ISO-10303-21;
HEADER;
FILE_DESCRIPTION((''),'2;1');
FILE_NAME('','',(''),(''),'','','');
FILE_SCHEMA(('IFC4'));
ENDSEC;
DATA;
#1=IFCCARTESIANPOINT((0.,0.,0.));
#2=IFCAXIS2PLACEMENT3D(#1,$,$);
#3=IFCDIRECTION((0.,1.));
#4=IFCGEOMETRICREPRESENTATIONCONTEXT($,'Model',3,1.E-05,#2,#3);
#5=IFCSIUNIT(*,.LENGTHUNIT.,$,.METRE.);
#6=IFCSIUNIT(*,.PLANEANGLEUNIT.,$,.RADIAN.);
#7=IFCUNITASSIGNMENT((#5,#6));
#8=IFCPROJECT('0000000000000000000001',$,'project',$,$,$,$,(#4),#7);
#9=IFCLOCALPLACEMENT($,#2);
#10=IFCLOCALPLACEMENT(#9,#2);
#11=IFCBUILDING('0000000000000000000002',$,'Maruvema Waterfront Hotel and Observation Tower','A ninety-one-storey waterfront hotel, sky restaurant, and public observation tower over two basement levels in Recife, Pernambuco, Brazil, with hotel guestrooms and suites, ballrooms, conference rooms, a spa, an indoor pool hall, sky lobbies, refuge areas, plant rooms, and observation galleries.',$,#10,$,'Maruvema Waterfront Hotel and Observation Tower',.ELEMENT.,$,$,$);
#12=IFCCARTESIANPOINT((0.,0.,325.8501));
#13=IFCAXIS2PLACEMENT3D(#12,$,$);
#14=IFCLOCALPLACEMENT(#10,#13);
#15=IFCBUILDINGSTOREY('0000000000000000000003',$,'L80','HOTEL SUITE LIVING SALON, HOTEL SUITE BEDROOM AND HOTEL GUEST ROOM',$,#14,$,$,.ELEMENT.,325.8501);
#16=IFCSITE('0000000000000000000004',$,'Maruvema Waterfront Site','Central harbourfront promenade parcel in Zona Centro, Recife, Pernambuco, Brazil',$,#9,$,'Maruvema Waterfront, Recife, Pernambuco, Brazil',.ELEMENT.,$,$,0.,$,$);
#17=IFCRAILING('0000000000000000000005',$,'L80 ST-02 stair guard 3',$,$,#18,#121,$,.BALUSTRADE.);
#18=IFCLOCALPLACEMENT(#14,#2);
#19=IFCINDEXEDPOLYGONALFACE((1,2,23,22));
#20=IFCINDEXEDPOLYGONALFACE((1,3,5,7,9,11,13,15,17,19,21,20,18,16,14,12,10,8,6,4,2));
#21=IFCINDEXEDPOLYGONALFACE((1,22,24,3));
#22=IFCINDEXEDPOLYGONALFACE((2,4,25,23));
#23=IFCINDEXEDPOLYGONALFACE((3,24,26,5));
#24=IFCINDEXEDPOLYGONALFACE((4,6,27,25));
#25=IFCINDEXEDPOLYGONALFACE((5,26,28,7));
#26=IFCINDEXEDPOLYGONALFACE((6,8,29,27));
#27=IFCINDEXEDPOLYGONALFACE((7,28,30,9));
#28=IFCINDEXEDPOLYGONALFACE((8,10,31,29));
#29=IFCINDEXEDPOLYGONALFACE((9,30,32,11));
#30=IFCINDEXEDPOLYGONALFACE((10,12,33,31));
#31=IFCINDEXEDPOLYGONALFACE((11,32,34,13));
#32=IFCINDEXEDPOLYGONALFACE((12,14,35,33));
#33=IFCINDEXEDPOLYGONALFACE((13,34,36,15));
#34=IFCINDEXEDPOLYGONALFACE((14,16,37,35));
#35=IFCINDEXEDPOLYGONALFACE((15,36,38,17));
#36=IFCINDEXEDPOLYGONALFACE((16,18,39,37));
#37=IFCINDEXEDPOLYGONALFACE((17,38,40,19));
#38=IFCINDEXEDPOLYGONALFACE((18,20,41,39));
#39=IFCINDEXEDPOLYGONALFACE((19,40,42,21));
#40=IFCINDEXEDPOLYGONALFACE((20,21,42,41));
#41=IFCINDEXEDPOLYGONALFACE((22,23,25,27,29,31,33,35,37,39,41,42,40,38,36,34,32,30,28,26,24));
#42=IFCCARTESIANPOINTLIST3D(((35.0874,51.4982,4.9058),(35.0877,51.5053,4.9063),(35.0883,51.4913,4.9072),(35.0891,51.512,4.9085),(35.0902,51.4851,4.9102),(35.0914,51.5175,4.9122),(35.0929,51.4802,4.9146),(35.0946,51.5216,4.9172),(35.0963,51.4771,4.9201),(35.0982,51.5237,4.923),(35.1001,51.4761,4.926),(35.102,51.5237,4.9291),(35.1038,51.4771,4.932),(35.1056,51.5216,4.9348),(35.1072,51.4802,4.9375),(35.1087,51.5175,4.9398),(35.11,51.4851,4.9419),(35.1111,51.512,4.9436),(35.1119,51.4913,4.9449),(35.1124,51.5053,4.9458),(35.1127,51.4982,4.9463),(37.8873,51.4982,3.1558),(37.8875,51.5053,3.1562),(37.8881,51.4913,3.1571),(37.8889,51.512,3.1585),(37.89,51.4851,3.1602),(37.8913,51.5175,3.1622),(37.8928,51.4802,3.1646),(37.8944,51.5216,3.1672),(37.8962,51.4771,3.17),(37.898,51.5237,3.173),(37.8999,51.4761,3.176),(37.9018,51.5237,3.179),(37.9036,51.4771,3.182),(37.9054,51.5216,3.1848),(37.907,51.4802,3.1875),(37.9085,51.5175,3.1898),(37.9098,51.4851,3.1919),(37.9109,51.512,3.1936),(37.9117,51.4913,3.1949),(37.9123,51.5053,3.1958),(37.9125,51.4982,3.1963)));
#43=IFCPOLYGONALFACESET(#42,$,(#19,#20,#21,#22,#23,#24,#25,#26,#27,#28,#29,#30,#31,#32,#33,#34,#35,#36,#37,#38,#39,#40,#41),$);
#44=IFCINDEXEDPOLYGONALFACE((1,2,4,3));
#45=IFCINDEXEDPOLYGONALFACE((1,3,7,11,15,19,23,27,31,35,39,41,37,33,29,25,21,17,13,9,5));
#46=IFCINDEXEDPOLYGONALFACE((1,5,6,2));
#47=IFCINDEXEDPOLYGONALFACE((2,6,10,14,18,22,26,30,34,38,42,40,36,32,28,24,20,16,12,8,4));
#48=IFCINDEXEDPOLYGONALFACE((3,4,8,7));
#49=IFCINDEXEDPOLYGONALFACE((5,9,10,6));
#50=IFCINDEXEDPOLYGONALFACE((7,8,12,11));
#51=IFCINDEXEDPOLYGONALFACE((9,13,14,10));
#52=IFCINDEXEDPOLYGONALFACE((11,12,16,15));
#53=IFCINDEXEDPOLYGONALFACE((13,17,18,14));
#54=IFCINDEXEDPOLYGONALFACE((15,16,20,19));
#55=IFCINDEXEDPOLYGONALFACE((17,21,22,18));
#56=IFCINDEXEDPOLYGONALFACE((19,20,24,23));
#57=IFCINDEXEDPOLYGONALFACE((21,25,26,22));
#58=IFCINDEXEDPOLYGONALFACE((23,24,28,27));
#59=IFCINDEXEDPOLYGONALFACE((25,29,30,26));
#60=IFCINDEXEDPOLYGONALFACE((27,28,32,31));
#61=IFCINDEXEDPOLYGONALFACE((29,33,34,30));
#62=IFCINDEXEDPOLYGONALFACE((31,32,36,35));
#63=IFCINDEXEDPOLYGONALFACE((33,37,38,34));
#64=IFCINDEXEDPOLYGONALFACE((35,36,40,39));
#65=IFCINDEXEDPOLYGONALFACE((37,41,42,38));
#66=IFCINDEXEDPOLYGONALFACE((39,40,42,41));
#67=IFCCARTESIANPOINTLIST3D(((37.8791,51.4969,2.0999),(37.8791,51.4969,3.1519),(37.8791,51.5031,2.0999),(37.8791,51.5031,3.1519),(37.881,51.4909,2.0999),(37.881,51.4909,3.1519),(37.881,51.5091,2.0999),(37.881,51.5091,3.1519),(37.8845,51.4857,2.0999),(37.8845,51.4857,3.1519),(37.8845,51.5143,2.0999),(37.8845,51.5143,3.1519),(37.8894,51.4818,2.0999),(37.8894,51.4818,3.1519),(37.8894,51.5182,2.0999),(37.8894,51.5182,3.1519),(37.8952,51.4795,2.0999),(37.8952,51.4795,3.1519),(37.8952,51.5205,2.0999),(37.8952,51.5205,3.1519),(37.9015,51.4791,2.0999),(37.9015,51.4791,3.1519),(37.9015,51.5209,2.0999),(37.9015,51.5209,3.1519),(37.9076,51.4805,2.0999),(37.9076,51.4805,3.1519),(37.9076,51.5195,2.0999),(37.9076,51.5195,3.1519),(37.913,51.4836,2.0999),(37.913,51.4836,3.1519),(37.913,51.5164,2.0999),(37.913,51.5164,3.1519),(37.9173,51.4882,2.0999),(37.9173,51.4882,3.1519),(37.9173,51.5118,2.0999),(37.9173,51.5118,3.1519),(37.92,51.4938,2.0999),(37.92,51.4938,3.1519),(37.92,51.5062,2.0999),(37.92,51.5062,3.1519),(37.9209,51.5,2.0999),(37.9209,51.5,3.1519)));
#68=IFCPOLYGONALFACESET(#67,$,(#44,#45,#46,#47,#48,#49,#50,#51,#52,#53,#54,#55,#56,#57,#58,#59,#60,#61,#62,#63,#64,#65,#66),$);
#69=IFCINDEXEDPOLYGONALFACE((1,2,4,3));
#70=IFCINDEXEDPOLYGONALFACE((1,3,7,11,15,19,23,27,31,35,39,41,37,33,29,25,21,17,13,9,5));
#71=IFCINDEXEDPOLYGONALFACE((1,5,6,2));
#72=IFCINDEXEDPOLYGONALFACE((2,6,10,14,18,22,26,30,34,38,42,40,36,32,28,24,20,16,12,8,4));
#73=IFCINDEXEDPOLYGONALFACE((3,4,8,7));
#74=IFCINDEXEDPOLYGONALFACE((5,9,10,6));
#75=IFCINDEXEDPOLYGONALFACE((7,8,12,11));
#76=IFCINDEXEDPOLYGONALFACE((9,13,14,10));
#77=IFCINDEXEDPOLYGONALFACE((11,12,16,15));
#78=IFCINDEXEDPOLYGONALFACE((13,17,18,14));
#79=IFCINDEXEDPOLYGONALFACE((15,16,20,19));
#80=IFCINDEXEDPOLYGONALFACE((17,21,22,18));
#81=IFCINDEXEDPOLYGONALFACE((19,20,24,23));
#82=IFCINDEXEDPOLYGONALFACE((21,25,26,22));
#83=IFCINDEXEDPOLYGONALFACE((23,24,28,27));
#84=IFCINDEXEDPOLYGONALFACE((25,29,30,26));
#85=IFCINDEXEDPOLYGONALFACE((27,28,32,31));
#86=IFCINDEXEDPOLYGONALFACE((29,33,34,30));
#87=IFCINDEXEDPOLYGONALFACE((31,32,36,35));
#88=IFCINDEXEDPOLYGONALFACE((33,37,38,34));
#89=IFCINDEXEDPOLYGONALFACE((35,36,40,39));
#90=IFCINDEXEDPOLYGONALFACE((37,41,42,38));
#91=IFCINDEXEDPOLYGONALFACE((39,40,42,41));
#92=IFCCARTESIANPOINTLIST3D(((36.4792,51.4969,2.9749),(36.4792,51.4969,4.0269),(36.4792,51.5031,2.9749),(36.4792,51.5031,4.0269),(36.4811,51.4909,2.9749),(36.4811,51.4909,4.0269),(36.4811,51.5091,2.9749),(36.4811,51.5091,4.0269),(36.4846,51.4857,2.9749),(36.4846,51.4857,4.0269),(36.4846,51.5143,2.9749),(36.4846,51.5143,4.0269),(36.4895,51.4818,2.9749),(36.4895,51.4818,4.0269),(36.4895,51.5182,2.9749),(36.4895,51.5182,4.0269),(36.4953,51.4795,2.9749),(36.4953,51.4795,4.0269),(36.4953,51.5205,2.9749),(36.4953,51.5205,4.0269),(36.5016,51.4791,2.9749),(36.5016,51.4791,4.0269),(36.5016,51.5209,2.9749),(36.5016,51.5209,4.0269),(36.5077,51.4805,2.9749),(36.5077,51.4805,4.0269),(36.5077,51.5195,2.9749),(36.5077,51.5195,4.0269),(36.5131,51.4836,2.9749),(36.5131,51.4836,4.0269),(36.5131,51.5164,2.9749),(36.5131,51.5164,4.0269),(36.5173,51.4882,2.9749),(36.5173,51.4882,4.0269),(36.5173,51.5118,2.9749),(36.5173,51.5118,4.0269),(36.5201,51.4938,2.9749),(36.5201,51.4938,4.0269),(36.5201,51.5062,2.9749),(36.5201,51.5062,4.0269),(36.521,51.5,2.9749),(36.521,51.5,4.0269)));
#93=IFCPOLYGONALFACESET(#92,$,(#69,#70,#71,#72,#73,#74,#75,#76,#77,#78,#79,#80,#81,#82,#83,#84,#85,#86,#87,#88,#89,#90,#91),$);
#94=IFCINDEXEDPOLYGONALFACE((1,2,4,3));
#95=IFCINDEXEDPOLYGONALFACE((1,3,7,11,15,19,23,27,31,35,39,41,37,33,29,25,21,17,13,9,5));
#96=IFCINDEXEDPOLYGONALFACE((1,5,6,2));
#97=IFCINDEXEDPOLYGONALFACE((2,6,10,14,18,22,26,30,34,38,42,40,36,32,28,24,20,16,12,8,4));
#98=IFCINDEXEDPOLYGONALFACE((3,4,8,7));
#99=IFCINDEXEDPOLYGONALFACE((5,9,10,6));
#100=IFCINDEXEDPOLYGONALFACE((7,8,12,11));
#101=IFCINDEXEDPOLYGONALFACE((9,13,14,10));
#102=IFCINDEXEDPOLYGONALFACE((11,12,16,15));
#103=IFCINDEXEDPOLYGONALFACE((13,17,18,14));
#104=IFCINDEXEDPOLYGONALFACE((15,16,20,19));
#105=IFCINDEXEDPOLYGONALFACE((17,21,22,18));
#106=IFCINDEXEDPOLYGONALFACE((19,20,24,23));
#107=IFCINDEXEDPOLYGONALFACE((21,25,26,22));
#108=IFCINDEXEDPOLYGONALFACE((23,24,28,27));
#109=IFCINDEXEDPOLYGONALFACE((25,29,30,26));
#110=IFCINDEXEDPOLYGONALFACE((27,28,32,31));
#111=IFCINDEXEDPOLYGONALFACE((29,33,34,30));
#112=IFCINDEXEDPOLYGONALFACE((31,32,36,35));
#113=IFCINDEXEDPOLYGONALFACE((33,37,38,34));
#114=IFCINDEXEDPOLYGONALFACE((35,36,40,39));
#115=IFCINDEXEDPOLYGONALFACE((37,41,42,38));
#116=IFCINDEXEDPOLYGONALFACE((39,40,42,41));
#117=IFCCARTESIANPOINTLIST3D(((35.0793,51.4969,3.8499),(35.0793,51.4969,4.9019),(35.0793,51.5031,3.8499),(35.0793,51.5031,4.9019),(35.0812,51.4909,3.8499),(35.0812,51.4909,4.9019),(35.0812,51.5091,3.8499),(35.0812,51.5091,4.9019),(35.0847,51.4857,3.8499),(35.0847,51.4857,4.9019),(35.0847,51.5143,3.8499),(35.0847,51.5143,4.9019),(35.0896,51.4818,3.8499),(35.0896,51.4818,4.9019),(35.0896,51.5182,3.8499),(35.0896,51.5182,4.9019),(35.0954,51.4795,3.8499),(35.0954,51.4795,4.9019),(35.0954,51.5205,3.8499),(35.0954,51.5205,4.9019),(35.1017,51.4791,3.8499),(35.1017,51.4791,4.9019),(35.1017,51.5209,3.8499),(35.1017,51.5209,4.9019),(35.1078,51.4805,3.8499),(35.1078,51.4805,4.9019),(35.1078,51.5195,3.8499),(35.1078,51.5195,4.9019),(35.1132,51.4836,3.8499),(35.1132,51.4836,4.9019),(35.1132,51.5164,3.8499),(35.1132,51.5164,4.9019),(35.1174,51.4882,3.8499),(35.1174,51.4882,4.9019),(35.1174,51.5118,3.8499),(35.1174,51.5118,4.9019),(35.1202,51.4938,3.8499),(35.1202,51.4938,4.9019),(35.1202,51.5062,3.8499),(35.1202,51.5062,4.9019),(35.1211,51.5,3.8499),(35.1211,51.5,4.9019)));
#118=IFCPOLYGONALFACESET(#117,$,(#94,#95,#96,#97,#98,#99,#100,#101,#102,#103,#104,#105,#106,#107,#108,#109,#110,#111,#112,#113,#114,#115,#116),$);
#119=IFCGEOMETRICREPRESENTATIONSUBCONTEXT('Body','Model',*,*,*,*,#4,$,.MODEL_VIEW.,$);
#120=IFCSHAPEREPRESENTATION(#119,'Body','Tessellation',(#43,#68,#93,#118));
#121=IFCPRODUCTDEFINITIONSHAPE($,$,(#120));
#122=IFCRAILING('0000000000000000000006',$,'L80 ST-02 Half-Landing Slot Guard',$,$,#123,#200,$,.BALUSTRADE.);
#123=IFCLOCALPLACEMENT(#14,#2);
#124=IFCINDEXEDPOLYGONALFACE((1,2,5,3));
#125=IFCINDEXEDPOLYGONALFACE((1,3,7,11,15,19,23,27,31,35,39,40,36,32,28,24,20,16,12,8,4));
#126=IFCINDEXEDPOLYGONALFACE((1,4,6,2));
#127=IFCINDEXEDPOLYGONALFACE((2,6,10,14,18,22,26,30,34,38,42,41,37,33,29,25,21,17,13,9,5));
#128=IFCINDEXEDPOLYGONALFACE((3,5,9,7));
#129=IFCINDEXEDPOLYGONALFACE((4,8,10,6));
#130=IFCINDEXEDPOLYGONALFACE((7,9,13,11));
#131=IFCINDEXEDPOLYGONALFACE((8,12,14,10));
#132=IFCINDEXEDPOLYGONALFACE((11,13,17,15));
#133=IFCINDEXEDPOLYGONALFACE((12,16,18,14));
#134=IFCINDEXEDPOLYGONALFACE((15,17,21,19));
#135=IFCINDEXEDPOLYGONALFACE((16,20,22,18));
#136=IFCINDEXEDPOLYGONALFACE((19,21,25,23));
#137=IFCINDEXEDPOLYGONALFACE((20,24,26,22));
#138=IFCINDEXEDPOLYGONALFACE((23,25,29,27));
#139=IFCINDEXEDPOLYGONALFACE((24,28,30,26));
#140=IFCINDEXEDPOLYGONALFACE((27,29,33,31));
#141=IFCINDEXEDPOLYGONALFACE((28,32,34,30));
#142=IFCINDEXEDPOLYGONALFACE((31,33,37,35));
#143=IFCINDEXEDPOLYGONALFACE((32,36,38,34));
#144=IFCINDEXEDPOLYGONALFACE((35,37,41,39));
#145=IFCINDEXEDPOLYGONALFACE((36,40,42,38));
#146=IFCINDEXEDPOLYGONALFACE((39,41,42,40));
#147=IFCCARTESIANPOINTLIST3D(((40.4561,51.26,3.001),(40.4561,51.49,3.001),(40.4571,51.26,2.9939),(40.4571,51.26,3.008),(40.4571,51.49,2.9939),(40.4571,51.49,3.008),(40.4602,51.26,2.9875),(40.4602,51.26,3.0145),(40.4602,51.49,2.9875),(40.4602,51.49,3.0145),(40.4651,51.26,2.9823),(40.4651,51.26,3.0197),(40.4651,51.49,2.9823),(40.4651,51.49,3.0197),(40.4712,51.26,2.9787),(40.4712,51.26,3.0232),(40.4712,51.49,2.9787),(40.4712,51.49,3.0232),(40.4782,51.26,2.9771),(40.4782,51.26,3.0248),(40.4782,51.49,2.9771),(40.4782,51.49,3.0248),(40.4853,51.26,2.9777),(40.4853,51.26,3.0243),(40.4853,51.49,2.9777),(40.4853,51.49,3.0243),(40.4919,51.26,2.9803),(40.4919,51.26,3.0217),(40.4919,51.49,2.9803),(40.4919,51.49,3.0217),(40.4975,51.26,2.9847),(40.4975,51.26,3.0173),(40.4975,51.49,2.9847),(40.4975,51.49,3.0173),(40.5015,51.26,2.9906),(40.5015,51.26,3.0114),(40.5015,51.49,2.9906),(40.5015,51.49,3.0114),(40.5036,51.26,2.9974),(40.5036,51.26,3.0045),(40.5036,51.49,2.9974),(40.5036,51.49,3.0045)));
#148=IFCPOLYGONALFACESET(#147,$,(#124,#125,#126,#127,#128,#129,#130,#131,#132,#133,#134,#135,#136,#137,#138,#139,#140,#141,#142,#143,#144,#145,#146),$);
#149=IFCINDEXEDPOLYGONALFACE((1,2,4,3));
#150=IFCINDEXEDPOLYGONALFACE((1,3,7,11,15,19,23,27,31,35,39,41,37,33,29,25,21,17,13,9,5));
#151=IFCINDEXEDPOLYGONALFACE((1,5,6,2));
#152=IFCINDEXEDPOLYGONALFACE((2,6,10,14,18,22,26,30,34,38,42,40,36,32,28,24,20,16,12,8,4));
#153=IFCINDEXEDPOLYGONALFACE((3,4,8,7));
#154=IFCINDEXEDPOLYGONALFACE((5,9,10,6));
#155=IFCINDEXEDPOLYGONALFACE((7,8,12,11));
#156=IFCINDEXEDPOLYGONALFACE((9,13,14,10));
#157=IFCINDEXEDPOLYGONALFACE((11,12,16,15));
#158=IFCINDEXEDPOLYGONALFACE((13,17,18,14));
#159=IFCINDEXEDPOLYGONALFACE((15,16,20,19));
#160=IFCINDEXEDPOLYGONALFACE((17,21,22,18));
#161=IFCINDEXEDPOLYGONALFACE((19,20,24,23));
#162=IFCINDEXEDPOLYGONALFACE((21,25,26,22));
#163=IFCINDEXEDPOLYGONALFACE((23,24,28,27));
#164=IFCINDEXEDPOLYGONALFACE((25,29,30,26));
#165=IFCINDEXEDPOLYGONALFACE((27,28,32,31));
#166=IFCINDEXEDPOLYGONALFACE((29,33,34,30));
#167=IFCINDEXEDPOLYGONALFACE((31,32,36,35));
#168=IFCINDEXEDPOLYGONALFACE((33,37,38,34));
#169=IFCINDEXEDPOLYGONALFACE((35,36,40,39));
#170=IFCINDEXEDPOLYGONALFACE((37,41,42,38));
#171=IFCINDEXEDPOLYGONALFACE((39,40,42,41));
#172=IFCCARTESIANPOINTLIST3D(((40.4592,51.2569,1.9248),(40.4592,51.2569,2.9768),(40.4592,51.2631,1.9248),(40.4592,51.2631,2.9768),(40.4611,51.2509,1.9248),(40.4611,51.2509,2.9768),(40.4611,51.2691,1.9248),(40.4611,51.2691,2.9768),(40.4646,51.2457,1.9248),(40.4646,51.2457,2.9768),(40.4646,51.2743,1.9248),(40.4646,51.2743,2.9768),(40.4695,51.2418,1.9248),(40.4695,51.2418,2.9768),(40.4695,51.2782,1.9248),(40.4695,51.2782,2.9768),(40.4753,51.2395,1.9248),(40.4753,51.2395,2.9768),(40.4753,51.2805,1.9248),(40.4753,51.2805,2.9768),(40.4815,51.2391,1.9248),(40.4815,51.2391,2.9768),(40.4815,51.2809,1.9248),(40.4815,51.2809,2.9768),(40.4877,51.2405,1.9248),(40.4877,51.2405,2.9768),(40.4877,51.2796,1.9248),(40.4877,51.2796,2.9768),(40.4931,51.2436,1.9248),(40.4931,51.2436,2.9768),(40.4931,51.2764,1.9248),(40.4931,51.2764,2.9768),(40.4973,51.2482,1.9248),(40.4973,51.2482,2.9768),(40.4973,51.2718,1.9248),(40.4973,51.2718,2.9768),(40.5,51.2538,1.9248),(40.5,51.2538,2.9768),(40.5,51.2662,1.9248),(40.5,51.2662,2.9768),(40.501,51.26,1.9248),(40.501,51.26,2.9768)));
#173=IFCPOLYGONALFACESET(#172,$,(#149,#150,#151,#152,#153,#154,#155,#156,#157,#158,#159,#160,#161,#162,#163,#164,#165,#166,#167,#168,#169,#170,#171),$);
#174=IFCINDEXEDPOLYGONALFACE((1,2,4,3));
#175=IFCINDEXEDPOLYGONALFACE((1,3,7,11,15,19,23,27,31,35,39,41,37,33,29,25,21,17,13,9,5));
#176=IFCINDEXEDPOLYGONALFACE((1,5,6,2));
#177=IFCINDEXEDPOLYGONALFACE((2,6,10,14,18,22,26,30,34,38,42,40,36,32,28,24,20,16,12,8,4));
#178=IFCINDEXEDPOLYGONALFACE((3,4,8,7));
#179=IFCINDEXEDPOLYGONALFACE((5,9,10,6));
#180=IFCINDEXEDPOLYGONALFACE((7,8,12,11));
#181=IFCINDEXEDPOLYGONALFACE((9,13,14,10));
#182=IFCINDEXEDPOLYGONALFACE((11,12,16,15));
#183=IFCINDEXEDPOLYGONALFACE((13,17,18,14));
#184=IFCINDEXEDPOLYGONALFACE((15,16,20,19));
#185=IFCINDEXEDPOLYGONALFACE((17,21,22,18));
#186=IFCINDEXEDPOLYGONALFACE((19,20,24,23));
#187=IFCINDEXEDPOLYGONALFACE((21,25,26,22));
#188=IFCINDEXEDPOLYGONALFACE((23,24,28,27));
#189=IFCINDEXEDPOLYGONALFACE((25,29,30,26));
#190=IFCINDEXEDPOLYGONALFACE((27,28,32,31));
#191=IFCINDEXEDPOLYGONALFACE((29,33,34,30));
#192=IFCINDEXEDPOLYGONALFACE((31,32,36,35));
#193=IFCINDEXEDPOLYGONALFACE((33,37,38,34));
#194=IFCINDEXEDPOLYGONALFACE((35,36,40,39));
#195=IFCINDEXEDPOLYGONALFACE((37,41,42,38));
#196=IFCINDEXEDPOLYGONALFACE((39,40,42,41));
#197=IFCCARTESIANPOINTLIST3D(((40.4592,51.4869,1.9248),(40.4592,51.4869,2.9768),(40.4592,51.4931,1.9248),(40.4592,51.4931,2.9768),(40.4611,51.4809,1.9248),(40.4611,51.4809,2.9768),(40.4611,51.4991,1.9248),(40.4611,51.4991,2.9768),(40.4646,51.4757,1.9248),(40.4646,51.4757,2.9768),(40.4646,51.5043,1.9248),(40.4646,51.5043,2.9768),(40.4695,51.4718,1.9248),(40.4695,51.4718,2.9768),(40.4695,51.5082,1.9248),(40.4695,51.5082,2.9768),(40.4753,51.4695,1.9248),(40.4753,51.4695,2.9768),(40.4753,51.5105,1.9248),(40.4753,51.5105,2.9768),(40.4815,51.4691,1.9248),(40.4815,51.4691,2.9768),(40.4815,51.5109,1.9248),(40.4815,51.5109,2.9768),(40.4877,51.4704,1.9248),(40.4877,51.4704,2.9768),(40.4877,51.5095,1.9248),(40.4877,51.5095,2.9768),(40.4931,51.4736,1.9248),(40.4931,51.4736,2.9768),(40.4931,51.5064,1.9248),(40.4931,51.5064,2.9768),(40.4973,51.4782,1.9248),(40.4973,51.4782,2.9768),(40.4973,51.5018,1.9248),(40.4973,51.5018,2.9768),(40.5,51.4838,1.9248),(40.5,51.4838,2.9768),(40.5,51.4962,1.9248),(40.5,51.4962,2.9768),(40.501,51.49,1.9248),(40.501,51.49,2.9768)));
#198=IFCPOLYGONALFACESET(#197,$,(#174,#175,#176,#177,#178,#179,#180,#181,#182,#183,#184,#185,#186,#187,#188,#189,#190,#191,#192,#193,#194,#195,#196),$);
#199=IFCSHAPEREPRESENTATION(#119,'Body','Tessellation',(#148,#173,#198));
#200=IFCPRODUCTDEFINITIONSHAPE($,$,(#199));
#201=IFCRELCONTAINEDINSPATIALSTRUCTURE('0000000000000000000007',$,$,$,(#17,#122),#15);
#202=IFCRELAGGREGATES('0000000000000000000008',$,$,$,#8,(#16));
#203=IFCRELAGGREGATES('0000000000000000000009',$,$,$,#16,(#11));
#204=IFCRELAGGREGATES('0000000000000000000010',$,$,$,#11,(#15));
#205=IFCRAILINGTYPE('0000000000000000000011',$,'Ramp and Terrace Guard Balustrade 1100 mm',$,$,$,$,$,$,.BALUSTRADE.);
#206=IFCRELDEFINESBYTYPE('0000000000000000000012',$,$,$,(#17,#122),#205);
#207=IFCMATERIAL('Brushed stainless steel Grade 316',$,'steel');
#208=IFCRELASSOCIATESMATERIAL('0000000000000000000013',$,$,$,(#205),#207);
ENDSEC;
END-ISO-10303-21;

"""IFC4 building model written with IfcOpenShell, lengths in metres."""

from ifc_helpers import new_model, si_unit, direction, frame, origin, origin_2d, place, context, subcontext, project, spatial, circle, extrude, material, type_object, element, save


model = new_model("IFC4")

# Units and contexts
model_context = context("Model", 3, precision=1e-05, world=origin(), true_north=direction((0.0, 1.0)))
body_context = subcontext(model_context, "Body", "Model", "MODEL_VIEW")
ifc_project = project(units=[si_unit("LENGTHUNIT", "METRE"), si_unit("PLANEANGLEUNIT", "RADIAN")], contexts=[model_context])

# Site, building, storey
site_placement = place(None, origin())
site = spatial("IfcSite", under=ifc_project, at=site_placement, Name="Maruvema Waterfront Site", Description="Central harbourfront promenade parcel in Zona Centro, Recife, Pernambuco, Brazil", LongName="Maruvema Waterfront, Recife, Pernambuco, Brazil", CompositionType="ELEMENT", RefElevation=0.0)
building_placement = place(site_placement, origin())
building = spatial("IfcBuilding", under=site, at=building_placement, Name="Maruvema Waterfront Hotel and Observation Tower", Description="A ninety-one-storey waterfront hotel, sky restaurant, and public observation tower over two basement levels in Recife, Pernambuco, Brazil, with hotel guestrooms and suites, ballrooms, conference rooms, a spa, an indoor pool hall, sky lobbies, refuge areas, plant rooms, and observation galleries.", LongName="Maruvema Waterfront Hotel and Observation Tower", CompositionType="ELEMENT")
storey_placement = place(building_placement, frame((0.0, 0.0, 325.8501)))
storey = spatial("IfcBuildingStorey", under=building, at=storey_placement, Name="L80", Description="HOTEL SUITE LIVING SALON, HOTEL SUITE BEDROOM AND HOTEL GUEST ROOM", CompositionType="ELEMENT", Elevation=325.8501)

# Railings
ifc_material_1 = material(Name="Brushed stainless steel Grade 316", Category="steel")
railing_type_1 = type_object("IfcRailingType", Name="Ramp and Terrace Guard Balustrade 1100 mm", PredefinedType="BALUSTRADE", material=ifc_material_1)
railing_1_placement = place(storey_placement, frame((37.8999, 51.5, 2.0999)))
element("IfcRailing", 1, at=railing_1_placement, inside=storey, type_object=railing_type_1, Name="L80 ST-02 stair guard 3", PredefinedType="BALUSTRADE", context=body_context, shape_type="SweptSolid", body=[
    extrude(circle(Radius=0.0239, at=origin_2d()), frame((0.0, 0.0, 1.0762), z_axis=(-0.847982, 0.0, 0.530026), x_axis=(0.0, -1.0, 0.0)), (0.0, 0.0, 1.0), 3.3018),
    extrude(circle(Radius=0.021, at=origin_2d()), origin(), (0.0, 0.0, 1.0), 1.052),
    extrude(circle(Radius=0.021, at=origin_2d()), frame((-1.3999, 0.0, 0.875)), (0.0, 0.0, 1.0), 1.052),
    extrude(circle(Radius=0.021, at=origin_2d()), frame((-2.7998, 0.0, 1.75)), (0.0, 0.0, 1.0), 1.052),
])
railing_2_placement = place(storey_placement, frame((40.48, 51.26, 1.9248)))
element("IfcRailing", 2, at=railing_2_placement, inside=storey, type_object=railing_type_1, Name="L80 ST-02 Half-Landing Slot Guard", PredefinedType="BALUSTRADE", context=body_context, shape_type="SweptSolid", body=[
    extrude(circle(Radius=0.0239, at=origin_2d()), frame((0.0, 0.0, 1.0762), z_axis=(0.0, 1.0, 0.0), x_axis=(-1.0, 0.0, 0.0)), (0.0, 0.0, 1.0), 0.23),
    extrude(circle(Radius=0.021, at=origin_2d()), origin(), (0.0, 0.0, 1.0), 1.052),
    extrude(circle(Radius=0.021, at=origin_2d()), frame((0.0, 0.23, 0.0)), (0.0, 0.0, 1.0), 1.052),
])

save(model, "model.ifc")
